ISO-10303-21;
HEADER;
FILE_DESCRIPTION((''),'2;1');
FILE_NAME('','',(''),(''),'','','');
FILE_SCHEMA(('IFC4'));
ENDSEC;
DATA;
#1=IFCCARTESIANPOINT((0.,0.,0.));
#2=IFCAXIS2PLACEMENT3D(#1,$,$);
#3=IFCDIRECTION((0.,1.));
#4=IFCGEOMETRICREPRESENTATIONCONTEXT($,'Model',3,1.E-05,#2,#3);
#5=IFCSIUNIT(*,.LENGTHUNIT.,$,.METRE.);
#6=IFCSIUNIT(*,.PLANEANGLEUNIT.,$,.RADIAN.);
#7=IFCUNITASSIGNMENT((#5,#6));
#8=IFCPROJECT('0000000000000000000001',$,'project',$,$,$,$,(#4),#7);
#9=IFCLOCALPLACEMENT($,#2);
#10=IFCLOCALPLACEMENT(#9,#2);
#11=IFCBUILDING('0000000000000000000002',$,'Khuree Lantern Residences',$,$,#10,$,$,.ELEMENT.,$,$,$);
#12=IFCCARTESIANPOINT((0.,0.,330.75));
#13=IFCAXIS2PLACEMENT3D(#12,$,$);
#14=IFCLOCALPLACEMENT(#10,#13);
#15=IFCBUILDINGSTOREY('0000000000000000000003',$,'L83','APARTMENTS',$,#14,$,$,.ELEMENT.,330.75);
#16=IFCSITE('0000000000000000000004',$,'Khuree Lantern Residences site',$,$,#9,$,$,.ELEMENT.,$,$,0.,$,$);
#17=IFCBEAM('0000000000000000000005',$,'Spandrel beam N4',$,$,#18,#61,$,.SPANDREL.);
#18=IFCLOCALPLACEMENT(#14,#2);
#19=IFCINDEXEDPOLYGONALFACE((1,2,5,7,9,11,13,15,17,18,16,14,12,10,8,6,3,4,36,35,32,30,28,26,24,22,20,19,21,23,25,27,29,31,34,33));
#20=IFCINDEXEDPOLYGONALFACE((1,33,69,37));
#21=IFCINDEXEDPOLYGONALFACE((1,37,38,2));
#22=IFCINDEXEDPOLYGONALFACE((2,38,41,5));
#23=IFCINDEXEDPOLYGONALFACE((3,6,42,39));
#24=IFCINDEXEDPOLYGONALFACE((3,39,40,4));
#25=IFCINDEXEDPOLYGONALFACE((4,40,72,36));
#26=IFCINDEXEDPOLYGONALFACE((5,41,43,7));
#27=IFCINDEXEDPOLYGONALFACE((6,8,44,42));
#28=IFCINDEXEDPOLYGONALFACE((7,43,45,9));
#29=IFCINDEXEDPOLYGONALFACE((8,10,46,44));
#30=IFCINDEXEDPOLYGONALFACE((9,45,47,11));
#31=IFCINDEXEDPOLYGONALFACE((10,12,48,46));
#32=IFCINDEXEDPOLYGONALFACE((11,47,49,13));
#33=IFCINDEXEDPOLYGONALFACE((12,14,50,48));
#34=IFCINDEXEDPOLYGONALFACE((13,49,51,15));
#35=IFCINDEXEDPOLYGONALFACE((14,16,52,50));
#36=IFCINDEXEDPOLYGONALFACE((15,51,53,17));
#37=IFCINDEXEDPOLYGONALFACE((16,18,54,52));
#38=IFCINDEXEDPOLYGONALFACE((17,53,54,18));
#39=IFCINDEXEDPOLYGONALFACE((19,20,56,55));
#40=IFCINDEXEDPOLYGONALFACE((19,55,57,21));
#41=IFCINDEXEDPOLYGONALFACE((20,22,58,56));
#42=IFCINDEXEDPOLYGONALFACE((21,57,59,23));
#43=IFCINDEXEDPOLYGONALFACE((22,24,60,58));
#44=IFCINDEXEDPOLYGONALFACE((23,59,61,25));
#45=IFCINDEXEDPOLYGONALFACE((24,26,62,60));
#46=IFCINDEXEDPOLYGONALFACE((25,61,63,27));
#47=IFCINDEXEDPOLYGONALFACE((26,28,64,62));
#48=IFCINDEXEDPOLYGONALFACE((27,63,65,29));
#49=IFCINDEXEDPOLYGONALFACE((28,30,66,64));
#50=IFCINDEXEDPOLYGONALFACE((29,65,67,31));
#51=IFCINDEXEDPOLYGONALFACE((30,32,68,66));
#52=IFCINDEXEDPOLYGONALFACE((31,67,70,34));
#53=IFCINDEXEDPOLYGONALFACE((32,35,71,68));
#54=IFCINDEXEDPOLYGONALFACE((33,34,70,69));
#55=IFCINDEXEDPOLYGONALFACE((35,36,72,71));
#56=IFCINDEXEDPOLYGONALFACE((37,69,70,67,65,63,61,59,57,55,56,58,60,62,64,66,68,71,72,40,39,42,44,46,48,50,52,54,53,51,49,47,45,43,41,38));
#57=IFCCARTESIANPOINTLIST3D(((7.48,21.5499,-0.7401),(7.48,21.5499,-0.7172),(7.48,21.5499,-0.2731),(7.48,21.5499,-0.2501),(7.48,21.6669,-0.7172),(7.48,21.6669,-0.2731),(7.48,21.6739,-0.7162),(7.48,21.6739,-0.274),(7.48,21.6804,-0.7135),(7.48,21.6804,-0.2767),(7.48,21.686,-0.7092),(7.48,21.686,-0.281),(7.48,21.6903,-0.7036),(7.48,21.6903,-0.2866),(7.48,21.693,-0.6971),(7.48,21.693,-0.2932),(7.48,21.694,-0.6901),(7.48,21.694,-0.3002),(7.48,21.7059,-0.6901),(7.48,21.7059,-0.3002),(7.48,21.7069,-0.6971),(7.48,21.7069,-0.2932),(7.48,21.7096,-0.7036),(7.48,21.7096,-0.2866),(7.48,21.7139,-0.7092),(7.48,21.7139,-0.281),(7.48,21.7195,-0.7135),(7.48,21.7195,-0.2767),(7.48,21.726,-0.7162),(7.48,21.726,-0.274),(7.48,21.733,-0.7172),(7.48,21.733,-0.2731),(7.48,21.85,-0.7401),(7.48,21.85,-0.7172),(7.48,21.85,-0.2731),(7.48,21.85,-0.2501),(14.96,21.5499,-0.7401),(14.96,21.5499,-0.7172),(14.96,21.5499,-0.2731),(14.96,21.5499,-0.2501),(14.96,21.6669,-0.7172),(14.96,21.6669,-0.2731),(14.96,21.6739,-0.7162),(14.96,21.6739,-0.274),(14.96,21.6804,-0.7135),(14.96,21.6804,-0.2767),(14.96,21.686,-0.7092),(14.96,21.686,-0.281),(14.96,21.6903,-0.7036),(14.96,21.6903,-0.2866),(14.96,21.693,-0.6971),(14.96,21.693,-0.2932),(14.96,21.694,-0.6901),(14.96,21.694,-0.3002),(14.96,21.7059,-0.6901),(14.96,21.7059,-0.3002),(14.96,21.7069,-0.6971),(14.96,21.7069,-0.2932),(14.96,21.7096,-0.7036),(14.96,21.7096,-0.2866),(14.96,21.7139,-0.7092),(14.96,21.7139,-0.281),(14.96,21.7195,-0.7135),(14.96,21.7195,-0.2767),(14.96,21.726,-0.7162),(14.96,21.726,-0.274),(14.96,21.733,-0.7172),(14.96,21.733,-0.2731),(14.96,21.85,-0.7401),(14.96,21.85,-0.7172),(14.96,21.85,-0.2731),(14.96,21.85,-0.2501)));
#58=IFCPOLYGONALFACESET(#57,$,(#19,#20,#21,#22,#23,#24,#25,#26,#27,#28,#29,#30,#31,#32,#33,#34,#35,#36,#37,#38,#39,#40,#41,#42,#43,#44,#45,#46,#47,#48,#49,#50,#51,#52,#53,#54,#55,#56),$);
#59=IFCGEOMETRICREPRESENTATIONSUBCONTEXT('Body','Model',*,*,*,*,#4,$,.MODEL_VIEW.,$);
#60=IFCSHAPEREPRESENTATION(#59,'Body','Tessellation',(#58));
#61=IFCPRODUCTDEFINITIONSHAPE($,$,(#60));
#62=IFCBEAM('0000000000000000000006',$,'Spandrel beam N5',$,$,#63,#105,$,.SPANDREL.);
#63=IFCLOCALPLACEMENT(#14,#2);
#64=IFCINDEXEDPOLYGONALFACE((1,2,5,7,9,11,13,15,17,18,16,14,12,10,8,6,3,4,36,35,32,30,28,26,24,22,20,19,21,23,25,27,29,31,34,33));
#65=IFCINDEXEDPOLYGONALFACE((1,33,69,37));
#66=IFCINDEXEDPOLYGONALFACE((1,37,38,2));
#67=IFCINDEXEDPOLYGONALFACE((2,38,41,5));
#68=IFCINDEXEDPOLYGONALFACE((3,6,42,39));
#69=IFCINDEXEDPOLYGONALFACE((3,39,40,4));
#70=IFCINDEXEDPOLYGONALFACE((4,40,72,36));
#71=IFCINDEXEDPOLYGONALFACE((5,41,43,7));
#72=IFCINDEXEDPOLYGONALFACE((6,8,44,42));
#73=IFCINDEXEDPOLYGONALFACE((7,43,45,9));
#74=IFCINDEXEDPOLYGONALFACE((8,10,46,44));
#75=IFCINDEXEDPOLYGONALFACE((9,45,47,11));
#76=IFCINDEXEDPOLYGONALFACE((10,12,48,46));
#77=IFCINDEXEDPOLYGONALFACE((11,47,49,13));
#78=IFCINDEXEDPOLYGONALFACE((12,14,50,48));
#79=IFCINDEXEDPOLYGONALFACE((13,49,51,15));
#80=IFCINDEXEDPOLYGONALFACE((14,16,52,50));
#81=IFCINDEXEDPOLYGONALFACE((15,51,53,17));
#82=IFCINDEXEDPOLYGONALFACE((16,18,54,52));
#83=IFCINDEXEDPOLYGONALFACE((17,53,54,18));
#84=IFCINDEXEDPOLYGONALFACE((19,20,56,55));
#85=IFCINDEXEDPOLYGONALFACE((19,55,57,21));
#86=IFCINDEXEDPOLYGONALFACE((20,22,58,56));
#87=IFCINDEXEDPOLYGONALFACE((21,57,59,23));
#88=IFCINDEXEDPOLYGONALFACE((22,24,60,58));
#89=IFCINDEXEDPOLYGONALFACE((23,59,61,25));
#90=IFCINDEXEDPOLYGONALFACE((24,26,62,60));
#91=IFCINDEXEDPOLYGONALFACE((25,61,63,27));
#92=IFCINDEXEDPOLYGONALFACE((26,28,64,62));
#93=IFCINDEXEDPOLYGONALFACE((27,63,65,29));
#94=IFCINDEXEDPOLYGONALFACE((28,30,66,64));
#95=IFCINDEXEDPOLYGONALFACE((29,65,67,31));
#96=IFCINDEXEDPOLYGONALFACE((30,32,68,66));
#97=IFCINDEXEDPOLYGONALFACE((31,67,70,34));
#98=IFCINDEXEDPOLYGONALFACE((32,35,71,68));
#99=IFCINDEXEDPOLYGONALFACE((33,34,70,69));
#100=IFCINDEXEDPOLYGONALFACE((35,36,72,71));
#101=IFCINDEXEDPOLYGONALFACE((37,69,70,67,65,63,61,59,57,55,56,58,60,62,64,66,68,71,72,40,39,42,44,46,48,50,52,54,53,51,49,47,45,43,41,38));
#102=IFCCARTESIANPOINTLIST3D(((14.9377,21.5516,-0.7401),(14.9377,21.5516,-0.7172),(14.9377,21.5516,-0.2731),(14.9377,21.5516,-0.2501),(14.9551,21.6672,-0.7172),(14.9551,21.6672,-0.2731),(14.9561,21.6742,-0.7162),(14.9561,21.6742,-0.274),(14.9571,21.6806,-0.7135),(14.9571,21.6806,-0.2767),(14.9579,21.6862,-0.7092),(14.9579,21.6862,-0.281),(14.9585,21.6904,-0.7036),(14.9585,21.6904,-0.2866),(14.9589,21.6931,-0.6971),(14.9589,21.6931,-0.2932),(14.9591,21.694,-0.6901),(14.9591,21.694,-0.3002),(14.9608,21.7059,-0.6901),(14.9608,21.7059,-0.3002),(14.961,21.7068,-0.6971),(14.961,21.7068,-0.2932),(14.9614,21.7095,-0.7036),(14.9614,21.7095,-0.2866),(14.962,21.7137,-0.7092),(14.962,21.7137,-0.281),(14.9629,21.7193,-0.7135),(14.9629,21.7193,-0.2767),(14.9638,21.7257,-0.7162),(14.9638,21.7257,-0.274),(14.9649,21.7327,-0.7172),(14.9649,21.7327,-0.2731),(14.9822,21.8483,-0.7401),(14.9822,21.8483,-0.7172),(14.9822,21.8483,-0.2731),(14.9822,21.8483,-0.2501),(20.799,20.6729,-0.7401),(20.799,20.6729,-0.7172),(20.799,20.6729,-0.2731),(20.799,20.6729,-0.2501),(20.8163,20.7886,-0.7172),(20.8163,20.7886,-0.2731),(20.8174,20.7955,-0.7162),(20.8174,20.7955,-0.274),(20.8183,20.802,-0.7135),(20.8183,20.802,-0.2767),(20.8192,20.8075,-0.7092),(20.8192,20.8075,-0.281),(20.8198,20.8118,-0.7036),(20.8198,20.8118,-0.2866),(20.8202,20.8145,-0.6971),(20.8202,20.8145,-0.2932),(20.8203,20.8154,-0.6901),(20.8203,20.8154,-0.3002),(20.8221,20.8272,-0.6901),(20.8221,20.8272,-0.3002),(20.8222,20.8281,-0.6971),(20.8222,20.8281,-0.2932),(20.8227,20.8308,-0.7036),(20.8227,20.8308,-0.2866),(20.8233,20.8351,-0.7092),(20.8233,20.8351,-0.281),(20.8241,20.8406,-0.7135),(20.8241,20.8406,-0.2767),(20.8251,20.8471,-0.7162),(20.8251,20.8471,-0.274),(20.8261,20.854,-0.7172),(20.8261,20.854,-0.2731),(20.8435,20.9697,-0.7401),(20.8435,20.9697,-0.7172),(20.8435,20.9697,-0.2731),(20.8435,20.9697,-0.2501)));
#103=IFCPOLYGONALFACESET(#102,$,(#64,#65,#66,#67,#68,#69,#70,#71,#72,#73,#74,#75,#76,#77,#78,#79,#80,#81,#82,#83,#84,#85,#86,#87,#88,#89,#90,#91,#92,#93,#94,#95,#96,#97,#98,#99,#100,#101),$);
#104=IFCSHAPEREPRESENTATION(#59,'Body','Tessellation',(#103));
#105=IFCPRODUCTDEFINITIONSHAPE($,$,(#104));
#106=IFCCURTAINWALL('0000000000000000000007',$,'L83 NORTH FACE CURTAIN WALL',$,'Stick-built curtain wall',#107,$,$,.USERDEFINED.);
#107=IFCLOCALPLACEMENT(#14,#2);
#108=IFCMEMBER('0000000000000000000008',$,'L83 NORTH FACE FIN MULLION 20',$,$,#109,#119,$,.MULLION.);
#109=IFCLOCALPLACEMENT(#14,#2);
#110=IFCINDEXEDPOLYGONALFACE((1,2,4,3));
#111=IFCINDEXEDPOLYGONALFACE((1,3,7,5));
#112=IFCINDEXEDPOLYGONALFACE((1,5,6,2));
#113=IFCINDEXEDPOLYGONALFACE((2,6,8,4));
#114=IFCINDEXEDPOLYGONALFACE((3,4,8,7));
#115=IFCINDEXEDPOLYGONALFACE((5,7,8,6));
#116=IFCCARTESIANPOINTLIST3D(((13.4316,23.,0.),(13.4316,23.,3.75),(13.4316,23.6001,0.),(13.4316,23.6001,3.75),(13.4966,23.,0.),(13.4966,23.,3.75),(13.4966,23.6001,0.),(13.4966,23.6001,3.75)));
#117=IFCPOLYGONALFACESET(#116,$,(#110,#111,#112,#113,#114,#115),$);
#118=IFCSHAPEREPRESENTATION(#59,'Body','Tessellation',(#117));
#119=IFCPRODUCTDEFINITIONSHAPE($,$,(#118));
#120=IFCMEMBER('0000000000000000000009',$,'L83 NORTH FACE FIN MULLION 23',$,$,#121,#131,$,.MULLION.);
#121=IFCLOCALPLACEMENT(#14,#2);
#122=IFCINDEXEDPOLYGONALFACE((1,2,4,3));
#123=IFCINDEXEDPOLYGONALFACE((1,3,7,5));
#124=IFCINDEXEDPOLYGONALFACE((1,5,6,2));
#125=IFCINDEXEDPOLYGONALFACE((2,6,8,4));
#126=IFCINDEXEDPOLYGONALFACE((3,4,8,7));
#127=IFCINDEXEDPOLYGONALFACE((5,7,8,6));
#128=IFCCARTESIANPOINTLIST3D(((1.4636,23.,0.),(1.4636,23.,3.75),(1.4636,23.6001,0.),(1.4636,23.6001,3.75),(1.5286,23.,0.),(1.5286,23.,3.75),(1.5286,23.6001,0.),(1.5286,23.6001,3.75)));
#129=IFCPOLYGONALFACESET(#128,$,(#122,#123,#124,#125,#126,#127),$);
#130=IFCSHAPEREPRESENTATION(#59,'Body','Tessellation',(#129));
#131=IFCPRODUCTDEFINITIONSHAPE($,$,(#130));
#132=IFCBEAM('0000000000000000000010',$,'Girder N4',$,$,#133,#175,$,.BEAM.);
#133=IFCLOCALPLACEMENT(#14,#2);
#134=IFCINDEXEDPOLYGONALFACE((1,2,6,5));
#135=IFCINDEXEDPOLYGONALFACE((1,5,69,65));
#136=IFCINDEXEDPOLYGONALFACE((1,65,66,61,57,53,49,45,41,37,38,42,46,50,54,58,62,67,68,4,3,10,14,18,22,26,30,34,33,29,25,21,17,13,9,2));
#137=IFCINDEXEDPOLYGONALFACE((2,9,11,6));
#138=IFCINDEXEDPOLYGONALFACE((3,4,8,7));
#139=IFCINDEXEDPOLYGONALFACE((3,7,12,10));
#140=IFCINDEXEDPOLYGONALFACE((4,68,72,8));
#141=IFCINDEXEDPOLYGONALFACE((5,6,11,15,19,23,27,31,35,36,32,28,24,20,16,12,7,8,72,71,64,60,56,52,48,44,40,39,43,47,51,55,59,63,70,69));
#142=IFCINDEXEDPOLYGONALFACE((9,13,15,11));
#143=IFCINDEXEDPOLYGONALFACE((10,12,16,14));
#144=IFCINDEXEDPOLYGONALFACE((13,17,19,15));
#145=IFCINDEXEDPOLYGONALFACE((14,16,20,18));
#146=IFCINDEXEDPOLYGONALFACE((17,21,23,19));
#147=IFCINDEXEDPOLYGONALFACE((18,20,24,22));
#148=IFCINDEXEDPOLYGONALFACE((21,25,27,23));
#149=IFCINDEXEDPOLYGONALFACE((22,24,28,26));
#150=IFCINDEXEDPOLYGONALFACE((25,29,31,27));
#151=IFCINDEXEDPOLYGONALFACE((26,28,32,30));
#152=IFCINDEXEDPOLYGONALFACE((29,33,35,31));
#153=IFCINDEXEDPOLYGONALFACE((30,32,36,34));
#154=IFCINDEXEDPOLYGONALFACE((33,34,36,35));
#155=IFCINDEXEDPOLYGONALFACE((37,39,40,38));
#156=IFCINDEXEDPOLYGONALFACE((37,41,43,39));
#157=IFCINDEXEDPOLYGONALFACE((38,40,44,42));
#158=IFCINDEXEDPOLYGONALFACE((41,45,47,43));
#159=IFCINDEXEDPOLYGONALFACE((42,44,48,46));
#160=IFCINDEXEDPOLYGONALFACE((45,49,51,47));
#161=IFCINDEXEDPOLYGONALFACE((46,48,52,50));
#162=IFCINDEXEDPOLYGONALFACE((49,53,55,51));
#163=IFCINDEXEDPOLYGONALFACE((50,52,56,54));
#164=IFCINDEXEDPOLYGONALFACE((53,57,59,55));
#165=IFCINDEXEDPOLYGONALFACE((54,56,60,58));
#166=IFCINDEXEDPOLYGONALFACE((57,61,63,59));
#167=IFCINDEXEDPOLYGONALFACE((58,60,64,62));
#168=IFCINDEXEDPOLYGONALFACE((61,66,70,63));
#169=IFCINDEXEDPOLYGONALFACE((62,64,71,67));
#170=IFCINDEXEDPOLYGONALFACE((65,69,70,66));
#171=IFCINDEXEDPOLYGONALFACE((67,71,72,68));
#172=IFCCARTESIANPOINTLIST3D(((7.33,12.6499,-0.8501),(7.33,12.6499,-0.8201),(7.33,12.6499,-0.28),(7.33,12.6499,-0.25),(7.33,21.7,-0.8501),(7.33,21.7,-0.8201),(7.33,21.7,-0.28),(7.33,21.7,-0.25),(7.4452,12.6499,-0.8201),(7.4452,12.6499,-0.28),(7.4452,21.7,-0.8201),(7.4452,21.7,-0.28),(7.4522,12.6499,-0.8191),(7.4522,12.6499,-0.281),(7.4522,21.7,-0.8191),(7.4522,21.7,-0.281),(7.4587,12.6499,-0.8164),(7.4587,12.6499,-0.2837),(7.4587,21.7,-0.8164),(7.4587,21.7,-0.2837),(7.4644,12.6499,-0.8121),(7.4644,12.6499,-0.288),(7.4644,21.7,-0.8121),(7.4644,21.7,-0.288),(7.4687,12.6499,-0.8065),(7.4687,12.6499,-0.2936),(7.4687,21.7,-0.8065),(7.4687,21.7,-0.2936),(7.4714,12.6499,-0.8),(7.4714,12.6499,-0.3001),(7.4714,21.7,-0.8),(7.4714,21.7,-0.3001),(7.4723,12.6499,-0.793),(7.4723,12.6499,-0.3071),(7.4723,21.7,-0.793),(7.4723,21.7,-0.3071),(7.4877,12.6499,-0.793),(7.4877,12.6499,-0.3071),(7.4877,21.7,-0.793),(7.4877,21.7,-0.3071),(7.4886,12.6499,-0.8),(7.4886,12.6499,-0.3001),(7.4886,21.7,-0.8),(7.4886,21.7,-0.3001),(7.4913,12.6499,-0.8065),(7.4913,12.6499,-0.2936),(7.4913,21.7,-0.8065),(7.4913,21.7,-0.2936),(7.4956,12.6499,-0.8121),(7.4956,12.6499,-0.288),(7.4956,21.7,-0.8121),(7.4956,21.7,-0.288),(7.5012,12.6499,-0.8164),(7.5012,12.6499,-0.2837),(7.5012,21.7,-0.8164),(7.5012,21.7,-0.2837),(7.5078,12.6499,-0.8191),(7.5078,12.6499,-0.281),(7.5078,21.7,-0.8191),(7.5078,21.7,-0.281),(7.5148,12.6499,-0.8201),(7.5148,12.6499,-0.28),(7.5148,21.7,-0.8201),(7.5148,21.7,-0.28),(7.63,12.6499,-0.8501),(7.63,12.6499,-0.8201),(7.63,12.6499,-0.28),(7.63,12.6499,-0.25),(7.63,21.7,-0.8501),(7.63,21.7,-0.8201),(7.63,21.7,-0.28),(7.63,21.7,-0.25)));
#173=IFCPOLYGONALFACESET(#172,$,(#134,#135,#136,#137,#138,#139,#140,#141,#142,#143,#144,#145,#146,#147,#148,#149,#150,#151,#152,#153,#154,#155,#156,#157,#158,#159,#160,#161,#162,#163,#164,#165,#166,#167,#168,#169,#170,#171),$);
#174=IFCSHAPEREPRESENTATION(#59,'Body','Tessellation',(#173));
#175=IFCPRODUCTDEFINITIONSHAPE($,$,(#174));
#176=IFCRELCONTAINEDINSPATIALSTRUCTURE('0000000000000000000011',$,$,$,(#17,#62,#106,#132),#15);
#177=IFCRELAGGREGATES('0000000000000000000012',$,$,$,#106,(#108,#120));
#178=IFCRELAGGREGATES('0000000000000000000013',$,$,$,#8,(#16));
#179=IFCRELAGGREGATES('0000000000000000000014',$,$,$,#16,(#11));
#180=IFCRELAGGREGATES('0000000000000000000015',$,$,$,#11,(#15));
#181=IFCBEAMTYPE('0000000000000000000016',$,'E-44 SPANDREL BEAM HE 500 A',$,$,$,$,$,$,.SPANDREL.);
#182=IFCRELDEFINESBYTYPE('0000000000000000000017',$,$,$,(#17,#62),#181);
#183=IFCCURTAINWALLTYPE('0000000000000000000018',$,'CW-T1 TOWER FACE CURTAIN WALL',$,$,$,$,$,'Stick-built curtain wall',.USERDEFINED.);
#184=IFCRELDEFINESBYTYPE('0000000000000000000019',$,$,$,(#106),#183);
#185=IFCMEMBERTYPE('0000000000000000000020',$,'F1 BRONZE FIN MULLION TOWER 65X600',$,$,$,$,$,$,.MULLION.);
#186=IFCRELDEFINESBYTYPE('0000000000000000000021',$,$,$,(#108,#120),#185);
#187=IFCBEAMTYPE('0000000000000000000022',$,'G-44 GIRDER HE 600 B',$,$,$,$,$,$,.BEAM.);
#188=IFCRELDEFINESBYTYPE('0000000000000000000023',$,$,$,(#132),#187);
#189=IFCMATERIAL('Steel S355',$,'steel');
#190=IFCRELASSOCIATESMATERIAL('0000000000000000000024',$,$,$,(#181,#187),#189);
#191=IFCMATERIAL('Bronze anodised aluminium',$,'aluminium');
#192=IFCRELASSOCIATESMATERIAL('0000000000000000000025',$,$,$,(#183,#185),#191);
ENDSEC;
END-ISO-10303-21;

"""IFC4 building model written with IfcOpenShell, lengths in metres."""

from ifc_helpers import new_model, si_unit, direction, frame, origin, origin_2d, place, context, subcontext, project, spatial, rectangle, i_section, extrude, material, material_profile, profile_set, type_object, element, aggregate, save


model = new_model("IFC4")

# Units and contexts
model_context = context("Model", 3, precision=1e-05, world=origin(), true_north=direction((0.0, 1.0)))
body_context = subcontext(model_context, "Body", "Model", "MODEL_VIEW")
ifc_project = project(units=[si_unit("LENGTHUNIT", "METRE"), si_unit("PLANEANGLEUNIT", "RADIAN")], contexts=[model_context])

# Site, building, storey
site_placement = place(None, origin())
site = spatial("IfcSite", under=ifc_project, at=site_placement, Name="Khuree Lantern Residences site", CompositionType="ELEMENT", RefElevation=0.0)
building_placement = place(site_placement, origin())
building = spatial("IfcBuilding", under=site, at=building_placement, Name="Khuree Lantern Residences", CompositionType="ELEMENT")
storey_placement = place(building_placement, frame((0.0, 0.0, 330.75)))
storey = spatial("IfcBuildingStorey", under=building, at=storey_placement, Name="L83", Description="APARTMENTS", CompositionType="ELEMENT", Elevation=330.75)

# Beams
ifc_material_1 = material(Name="Steel S355", Category="steel")
ifc_material_profile_1 = material_profile(ifc_material_1, i_section(OverallWidth=0.3, OverallDepth=0.49, WebThickness=0.012, FlangeThickness=0.0229, FilletRadius=0.0271, at=origin_2d()), Name="HE 500 A")
ifc_profile_set_1 = profile_set([ifc_material_profile_1], Name="Steel S355")
beam_type_1 = type_object("IfcBeamType", Name="E-44 SPANDREL BEAM HE 500 A", PredefinedType="SPANDREL", material=ifc_profile_set_1)
for number, where, z_axis, x_axis, name in (
    (1, (7.48, 21.7, -0.4951), (1.0, 0.0, 0.0), (0.0, 1.0, 0.0), "Spandrel beam N4"),
):
    element("IfcBeam", number, at=place(storey_placement, frame(where, z_axis=z_axis, x_axis=x_axis)), inside=storey, type_object=beam_type_1, Name=name, PredefinedType="SPANDREL", context=body_context, shape_type="SweptSolid", body=[
        extrude(i_section(OverallWidth=0.3, OverallDepth=0.49, WebThickness=0.012, FlangeThickness=0.0229, FilletRadius=0.0271, at=origin_2d()), origin(), (0.0, 0.0, 1.0), 7.48),
    ])
beam_placement = place(storey_placement, frame((14.96, 21.7, -0.4951), z_axis=(0.98895, -0.148252, 0.0), x_axis=(0.148252, 0.98895, 0.0)))
element("IfcBeam", 2, at=beam_placement, inside=storey, type_object=beam_type_1, Name="Spandrel beam N5", PredefinedType="SPANDREL", context=body_context, shape_type="SweptSolid", body=[
    extrude(i_section(OverallWidth=0.3, OverallDepth=0.49, WebThickness=0.012, FlangeThickness=0.0229, FilletRadius=0.0271, at=origin_2d()), origin(), (0.0, 0.0, 1.0), 5.9268),
])

# Curtain wall, members
ifc_material_2 = material(Name="Bronze anodised aluminium", Category="aluminium")
curtain_wall_type = type_object("IfcCurtainWallType", Name="CW-T1 TOWER FACE CURTAIN WALL", ElementType="Stick-built curtain wall", PredefinedType="USERDEFINED", material=ifc_material_2)
curtain_wall_placement = place(storey_placement, origin())
curtain_wall = element("IfcCurtainWall", 3, at=curtain_wall_placement, inside=storey, type_object=curtain_wall_type, Name="L83 NORTH FACE CURTAIN WALL", ObjectType="Stick-built curtain wall", PredefinedType="USERDEFINED")
ifc_material_profile_2 = material_profile(ifc_material_2, rectangle(XDim=0.0649, YDim=0.6001, at=origin_2d()), Name="F1 65X600")
ifc_profile_set_2 = profile_set([ifc_material_profile_2], Name="Bronze anodised aluminium")
member_type_1 = type_object("IfcMemberType", Name="F1 BRONZE FIN MULLION TOWER 65X600", PredefinedType="MULLION", material=ifc_profile_set_2)
member_1_placement = place(storey_placement, frame((13.4641, 23.3, 0.0), z_axis=(0.0, 0.0, 1.0), x_axis=(-1.0, 0.0, 0.0)))
member_1 = element("IfcMember", 4, at=member_1_placement, type_object=member_type_1, Name="L83 NORTH FACE FIN MULLION 20", PredefinedType="MULLION", context=body_context, shape_type="SweptSolid", body=[
    extrude(rectangle(XDim=0.0649, YDim=0.6001, at=origin_2d()), origin(), (0.0, 0.0, 1.0), 3.75),
])
member_2_placement = place(storey_placement, frame((1.4961, 23.3, 0.0), z_axis=(0.0, 0.0, 1.0), x_axis=(-1.0, 0.0, 0.0)))
member_2 = element("IfcMember", 5, at=member_2_placement, type_object=member_type_1, Name="L83 NORTH FACE FIN MULLION 23", PredefinedType="MULLION", context=body_context, shape_type="SweptSolid", body=[
    extrude(rectangle(XDim=0.0649, YDim=0.6001, at=origin_2d()), origin(), (0.0, 0.0, 1.0), 3.75),
])

# Beam
ifc_material_profile_3 = material_profile(ifc_material_1, i_section(OverallWidth=0.3, OverallDepth=0.6001, WebThickness=0.0154, FlangeThickness=0.03, FilletRadius=0.0271, at=origin_2d()), Name="HE 600 B")
ifc_profile_set_3 = profile_set([ifc_material_profile_3], Name="Steel S355")
beam_type_2 = type_object("IfcBeamType", Name="G-44 GIRDER HE 600 B", PredefinedType="BEAM", material=ifc_profile_set_3)
for number, where, z_axis, x_axis, name in (
    (6, (7.48, 21.7, -0.55), (0.0, -1.0, 0.0), (1.0, 0.0, 0.0), "Girder N4"),
):
    element("IfcBeam", number, at=place(storey_placement, frame(where, z_axis=z_axis, x_axis=x_axis)), inside=storey, type_object=beam_type_2, Name=name, PredefinedType="BEAM", context=body_context, shape_type="SweptSolid", body=[
        extrude(i_section(OverallWidth=0.3, OverallDepth=0.6001, WebThickness=0.0154, FlangeThickness=0.03, FilletRadius=0.0271, at=origin_2d()), origin(), (0.0, 0.0, 1.0), 9.05),
    ])

aggregate(curtain_wall, [member_1, member_2])

save(model, "model.ifc")
